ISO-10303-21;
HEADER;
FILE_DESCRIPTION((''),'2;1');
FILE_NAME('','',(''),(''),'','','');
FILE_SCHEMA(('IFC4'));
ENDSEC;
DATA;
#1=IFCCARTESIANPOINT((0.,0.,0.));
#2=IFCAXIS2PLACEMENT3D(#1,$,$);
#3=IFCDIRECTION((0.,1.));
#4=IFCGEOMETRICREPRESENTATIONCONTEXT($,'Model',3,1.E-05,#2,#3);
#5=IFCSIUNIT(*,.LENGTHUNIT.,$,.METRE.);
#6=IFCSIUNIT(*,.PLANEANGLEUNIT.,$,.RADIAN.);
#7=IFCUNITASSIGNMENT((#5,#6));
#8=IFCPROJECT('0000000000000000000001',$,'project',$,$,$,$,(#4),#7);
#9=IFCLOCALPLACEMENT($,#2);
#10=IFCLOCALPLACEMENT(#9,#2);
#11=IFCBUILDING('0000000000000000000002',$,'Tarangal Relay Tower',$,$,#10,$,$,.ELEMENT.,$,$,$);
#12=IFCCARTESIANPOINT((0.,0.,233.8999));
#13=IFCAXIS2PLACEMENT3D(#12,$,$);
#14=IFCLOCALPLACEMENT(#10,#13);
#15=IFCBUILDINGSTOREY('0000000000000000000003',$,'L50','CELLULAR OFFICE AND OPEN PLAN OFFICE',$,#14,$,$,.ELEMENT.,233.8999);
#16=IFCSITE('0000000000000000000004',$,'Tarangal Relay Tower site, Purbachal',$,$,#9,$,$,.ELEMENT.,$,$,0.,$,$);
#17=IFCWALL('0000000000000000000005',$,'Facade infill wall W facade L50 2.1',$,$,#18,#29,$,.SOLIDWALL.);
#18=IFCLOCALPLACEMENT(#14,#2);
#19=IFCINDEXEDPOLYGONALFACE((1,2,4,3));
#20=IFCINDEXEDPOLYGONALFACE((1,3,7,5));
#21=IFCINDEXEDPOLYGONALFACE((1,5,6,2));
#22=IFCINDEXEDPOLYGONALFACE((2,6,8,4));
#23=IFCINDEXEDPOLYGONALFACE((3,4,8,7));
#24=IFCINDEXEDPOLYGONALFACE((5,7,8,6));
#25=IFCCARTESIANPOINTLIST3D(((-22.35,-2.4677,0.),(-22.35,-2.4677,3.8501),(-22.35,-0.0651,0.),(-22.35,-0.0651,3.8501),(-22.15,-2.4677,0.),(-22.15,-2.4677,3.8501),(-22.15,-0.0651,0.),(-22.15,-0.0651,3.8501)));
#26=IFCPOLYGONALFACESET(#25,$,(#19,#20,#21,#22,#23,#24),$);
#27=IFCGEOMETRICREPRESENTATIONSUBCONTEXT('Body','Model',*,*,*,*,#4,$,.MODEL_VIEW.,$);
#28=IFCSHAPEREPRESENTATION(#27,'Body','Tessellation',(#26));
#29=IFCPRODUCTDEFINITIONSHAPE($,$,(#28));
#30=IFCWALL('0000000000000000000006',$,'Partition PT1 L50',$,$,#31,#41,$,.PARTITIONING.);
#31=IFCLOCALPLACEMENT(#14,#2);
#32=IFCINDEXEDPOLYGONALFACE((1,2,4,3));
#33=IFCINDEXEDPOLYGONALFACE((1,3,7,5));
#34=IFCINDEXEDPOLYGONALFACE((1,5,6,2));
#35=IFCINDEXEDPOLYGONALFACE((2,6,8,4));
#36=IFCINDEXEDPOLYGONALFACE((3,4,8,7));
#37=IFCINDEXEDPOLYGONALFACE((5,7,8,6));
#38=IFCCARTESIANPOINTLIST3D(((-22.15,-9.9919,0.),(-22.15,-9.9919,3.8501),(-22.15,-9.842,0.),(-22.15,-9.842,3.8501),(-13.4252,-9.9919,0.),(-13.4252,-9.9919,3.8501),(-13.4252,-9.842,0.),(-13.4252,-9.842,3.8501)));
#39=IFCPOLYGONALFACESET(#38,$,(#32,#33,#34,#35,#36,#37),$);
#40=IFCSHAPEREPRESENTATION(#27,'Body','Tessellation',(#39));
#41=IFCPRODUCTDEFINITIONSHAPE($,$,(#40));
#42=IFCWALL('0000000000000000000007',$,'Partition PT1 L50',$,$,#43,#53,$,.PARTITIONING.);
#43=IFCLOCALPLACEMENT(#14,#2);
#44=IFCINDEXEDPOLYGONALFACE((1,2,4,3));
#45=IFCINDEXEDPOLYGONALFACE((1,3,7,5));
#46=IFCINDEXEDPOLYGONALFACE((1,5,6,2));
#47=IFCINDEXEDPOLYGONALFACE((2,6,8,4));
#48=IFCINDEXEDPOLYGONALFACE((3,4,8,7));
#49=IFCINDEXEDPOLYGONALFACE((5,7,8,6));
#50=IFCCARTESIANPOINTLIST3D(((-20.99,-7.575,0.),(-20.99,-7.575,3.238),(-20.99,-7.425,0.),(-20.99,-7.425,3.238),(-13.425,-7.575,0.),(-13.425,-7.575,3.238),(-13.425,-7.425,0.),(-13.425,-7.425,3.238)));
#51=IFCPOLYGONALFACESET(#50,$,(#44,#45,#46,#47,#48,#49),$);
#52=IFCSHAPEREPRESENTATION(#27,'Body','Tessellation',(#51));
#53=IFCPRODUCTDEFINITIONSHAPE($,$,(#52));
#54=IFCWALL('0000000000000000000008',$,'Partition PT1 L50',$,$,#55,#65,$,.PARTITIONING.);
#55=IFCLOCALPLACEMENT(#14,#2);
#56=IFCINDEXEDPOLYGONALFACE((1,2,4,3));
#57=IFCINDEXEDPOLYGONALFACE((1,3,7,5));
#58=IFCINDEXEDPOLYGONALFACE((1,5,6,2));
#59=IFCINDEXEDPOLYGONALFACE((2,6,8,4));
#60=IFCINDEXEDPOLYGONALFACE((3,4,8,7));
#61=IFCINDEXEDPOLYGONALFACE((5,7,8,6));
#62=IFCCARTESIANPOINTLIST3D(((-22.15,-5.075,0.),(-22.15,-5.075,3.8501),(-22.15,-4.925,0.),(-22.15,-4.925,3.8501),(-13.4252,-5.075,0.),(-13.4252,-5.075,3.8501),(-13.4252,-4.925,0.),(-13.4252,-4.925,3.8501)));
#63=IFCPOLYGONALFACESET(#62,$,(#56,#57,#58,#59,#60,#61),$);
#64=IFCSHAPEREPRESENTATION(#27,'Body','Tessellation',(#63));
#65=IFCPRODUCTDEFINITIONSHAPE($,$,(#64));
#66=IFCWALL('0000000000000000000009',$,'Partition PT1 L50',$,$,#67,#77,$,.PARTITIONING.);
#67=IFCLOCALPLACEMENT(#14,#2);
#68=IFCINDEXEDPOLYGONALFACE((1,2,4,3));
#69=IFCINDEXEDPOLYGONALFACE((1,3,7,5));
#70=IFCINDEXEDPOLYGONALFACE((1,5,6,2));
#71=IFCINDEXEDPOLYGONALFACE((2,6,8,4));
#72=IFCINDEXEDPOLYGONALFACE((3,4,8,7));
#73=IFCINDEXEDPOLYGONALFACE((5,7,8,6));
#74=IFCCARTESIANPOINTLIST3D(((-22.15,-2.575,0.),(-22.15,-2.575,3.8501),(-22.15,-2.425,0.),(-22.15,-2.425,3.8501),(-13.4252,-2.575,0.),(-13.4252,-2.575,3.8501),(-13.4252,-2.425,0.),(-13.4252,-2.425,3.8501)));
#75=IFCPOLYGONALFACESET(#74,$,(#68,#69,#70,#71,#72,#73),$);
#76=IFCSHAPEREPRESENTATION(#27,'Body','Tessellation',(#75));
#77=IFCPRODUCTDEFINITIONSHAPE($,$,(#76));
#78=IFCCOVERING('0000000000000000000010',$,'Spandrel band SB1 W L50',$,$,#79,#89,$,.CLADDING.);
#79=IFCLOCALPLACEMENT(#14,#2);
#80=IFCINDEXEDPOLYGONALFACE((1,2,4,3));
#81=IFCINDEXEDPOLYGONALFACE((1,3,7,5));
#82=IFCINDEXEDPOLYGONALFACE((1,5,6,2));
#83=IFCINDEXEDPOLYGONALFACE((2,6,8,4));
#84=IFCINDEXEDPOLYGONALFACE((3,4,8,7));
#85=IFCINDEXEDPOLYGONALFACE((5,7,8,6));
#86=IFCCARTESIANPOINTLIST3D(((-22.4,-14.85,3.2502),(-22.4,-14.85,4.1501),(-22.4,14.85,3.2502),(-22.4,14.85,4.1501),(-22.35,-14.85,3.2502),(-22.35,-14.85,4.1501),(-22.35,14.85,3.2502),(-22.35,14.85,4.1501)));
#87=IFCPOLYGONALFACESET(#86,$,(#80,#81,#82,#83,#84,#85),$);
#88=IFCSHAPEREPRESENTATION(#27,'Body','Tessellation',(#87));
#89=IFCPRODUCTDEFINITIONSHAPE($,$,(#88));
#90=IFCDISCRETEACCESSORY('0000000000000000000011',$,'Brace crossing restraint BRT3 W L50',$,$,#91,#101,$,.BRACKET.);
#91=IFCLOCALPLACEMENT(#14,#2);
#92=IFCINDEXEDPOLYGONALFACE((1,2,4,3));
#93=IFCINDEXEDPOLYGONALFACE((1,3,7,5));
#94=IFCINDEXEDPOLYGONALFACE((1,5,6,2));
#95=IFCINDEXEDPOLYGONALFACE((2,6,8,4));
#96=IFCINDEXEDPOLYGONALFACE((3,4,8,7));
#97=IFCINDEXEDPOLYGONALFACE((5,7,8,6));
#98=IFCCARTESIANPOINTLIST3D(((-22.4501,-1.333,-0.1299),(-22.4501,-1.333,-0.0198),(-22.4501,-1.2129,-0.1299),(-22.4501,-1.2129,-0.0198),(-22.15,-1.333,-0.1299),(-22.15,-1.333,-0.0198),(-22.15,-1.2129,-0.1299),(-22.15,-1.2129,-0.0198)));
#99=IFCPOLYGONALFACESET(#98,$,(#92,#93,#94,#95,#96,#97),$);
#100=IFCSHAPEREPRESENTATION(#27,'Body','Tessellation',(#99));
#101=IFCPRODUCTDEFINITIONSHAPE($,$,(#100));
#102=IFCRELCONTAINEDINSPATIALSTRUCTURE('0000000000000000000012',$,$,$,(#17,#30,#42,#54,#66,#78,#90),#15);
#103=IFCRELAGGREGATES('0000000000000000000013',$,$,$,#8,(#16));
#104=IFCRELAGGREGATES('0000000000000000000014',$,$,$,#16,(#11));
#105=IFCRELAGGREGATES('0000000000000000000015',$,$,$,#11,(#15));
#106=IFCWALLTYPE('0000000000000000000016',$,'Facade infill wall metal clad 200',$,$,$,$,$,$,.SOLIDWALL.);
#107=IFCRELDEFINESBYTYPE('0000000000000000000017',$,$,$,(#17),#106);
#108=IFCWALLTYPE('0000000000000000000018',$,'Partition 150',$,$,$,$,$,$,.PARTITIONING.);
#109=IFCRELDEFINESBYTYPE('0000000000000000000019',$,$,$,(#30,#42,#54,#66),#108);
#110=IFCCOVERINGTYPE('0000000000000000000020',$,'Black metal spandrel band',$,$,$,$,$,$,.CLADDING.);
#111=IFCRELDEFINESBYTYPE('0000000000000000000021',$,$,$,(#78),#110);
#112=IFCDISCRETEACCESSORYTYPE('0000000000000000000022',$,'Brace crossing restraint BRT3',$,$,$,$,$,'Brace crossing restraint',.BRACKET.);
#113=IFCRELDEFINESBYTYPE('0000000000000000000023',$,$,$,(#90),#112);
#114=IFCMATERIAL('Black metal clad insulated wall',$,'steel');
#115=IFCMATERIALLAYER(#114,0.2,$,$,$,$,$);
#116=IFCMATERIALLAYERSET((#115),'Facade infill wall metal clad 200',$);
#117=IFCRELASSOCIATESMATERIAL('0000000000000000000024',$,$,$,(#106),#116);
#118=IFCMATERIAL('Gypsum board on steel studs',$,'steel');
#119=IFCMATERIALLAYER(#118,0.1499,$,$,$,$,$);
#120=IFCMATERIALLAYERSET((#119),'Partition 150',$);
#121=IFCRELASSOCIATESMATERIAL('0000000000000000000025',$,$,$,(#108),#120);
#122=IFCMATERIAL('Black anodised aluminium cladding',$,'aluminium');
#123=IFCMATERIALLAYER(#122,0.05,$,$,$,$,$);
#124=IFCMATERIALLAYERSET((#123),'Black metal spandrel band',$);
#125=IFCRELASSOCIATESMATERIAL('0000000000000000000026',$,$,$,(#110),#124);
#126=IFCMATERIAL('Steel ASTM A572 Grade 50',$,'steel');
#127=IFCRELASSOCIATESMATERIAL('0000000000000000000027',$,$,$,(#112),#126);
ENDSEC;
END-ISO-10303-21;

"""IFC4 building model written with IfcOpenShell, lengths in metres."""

from ifc_helpers import new_model, si_unit, direction, frame, frame_2d, origin, origin_2d, place, context, subcontext, project, spatial, rectangle, extrude, material, layer, layer_set, type_object, element, save


model = new_model("IFC4")

# Units and contexts
model_context = context("Model", 3, precision=1e-05, world=origin(), true_north=direction((0.0, 1.0)))
body_context = subcontext(model_context, "Body", "Model", "MODEL_VIEW")
ifc_project = project(units=[si_unit("LENGTHUNIT", "METRE"), si_unit("PLANEANGLEUNIT", "RADIAN")], contexts=[model_context])

# Site, building, storey
site_placement = place(None, origin())
site = spatial("IfcSite", under=ifc_project, at=site_placement, Name="Tarangal Relay Tower site, Purbachal", CompositionType="ELEMENT", RefElevation=0.0)
building_placement = place(site_placement, origin())
building = spatial("IfcBuilding", under=site, at=building_placement, Name="Tarangal Relay Tower", CompositionType="ELEMENT")
storey_placement = place(building_placement, frame((0.0, 0.0, 233.8999)))
storey = spatial("IfcBuildingStorey", under=building, at=storey_placement, Name="L50", Description="CELLULAR OFFICE AND OPEN PLAN OFFICE", CompositionType="ELEMENT", Elevation=233.8999)

# Shared definitions
ifc_material_1 = material(Name="Steel ASTM A572 Grade 50", Category="steel")

# Walls
ifc_material_2 = material(Name="Black metal clad insulated wall", Category="steel")
ifc_layer_1 = layer(ifc_material_2, 0.2)
ifc_layer_set_1 = layer_set([ifc_layer_1], Name="Facade infill wall metal clad 200")
wall_type_1 = type_object("IfcWallType", Name="Facade infill wall metal clad 200", PredefinedType="SOLIDWALL", material=ifc_layer_set_1)
for number, where, z_axis, x_axis, name in (
    (1, (-22.25, -2.4675, 0.0), (0.0, 0.0, 1.0), (0.0, 1.0, 0.0), "Facade infill wall W facade L50 2.1"),
):
    element("IfcWall", number, at=place(storey_placement, frame(where, z_axis=z_axis, x_axis=x_axis)), inside=storey, type_object=wall_type_1, Name=name, PredefinedType="SOLIDWALL", context=body_context, shape_type="SweptSolid", body=[
        extrude(rectangle(XDim=2.4026, YDim=0.2, at=frame_2d((1.2012, 0.0))), origin(), (0.0, 0.0, 1.0), 3.8501),
    ])
ifc_material_3 = material(Name="Gypsum board on steel studs", Category="steel")
ifc_layer_2 = layer(ifc_material_3, 0.1499)
ifc_layer_set_2 = layer_set([ifc_layer_2], Name="Partition 150")
wall_type_2 = type_object("IfcWallType", Name="Partition 150", PredefinedType="PARTITIONING", material=ifc_layer_set_2)
wall_1_placement = place(storey_placement, frame((-22.1499, -9.917, 0.0), z_axis=(0.0, 0.0, 1.0), x_axis=(1.0, 0.0, 0.0)))
element("IfcWall", 2, at=wall_1_placement, inside=storey, type_object=wall_type_2, Name="Partition PT1 L50", PredefinedType="PARTITIONING", context=body_context, shape_type="SweptSolid", body=[
    extrude(rectangle(XDim=8.7249, YDim=0.1499, at=frame_2d((4.3623, 0.0))), origin(), (0.0, 0.0, 1.0), 3.8501),
])
wall_2_placement = place(storey_placement, frame((-20.99, -7.5, 0.0), z_axis=(0.0, 0.0, 1.0), x_axis=(1.0, 0.0, 0.0)))
element("IfcWall", 3, at=wall_2_placement, inside=storey, type_object=wall_type_2, Name="Partition PT1 L50", PredefinedType="PARTITIONING", context=body_context, shape_type="SweptSolid", body=[
    extrude(rectangle(XDim=7.5649, YDim=0.1499, at=frame_2d((3.7825, 0.0))), origin(), (0.0, 0.0, 1.0), 3.238),
])
for number, where, z_axis, x_axis, name in (
    (4, (-22.1499, -5.0, 0.0), (0.0, 0.0, 1.0), (1.0, 0.0, 0.0), "Partition PT1 L50"),
    (5, (-22.1499, -2.5, 0.0), (0.0, 0.0, 1.0), (1.0, 0.0, 0.0), "Partition PT1 L50"),
):
    element("IfcWall", number, at=place(storey_placement, frame(where, z_axis=z_axis, x_axis=x_axis)), inside=storey, type_object=wall_type_2, Name=name, PredefinedType="PARTITIONING", context=body_context, shape_type="SweptSolid", body=[
        extrude(rectangle(XDim=8.7249, YDim=0.1499, at=frame_2d((4.3623, 0.0))), origin(), (0.0, 0.0, 1.0), 3.8501),
    ])

# Covering
ifc_material_4 = material(Name="Black anodised aluminium cladding", Category="aluminium")
ifc_layer_3 = layer(ifc_material_4, 0.05)
ifc_layer_set_3 = layer_set([ifc_layer_3], Name="Black metal spandrel band")
covering_type = type_object("IfcCoveringType", Name="Black metal spandrel band", PredefinedType="CLADDING", material=ifc_layer_set_3)
covering_placement = place(storey_placement, frame((-22.375, 0.0, 3.2502), z_axis=(0.0, 0.0, 1.0), x_axis=(0.0, 1.0, 0.0)))
element("IfcCovering", 6, at=covering_placement, inside=storey, type_object=covering_type, Name="Spandrel band SB1 W L50", PredefinedType="CLADDING", context=body_context, shape_type="SweptSolid", body=[
    extrude(rectangle(XDim=29.7, YDim=0.05, at=origin_2d()), origin(), (0.0, 0.0, 1.0), 0.8999),
])

# Discrete accessory
discrete_accessory_type = type_object("IfcDiscreteAccessoryType", Name="Brace crossing restraint BRT3", ElementType="Brace crossing restraint", PredefinedType="BRACKET", material=ifc_material_1)
discrete_accessory_placement = place(storey_placement, frame((-22.3, -1.2729, -0.1299), z_axis=(0.0, 0.0, 1.0), x_axis=(1.0, 0.0, 0.0)))
element("IfcDiscreteAccessory", 7, at=discrete_accessory_placement, inside=storey, type_object=discrete_accessory_type, Name="Brace crossing restraint BRT3 W L50", PredefinedType="BRACKET", context=body_context, shape_type="SweptSolid", body=[
    extrude(rectangle(XDim=0.3, YDim=0.1201, at=origin_2d()), origin(), (0.0, 0.0, 1.0), 0.1101),
])

save(model, "model.ifc")
